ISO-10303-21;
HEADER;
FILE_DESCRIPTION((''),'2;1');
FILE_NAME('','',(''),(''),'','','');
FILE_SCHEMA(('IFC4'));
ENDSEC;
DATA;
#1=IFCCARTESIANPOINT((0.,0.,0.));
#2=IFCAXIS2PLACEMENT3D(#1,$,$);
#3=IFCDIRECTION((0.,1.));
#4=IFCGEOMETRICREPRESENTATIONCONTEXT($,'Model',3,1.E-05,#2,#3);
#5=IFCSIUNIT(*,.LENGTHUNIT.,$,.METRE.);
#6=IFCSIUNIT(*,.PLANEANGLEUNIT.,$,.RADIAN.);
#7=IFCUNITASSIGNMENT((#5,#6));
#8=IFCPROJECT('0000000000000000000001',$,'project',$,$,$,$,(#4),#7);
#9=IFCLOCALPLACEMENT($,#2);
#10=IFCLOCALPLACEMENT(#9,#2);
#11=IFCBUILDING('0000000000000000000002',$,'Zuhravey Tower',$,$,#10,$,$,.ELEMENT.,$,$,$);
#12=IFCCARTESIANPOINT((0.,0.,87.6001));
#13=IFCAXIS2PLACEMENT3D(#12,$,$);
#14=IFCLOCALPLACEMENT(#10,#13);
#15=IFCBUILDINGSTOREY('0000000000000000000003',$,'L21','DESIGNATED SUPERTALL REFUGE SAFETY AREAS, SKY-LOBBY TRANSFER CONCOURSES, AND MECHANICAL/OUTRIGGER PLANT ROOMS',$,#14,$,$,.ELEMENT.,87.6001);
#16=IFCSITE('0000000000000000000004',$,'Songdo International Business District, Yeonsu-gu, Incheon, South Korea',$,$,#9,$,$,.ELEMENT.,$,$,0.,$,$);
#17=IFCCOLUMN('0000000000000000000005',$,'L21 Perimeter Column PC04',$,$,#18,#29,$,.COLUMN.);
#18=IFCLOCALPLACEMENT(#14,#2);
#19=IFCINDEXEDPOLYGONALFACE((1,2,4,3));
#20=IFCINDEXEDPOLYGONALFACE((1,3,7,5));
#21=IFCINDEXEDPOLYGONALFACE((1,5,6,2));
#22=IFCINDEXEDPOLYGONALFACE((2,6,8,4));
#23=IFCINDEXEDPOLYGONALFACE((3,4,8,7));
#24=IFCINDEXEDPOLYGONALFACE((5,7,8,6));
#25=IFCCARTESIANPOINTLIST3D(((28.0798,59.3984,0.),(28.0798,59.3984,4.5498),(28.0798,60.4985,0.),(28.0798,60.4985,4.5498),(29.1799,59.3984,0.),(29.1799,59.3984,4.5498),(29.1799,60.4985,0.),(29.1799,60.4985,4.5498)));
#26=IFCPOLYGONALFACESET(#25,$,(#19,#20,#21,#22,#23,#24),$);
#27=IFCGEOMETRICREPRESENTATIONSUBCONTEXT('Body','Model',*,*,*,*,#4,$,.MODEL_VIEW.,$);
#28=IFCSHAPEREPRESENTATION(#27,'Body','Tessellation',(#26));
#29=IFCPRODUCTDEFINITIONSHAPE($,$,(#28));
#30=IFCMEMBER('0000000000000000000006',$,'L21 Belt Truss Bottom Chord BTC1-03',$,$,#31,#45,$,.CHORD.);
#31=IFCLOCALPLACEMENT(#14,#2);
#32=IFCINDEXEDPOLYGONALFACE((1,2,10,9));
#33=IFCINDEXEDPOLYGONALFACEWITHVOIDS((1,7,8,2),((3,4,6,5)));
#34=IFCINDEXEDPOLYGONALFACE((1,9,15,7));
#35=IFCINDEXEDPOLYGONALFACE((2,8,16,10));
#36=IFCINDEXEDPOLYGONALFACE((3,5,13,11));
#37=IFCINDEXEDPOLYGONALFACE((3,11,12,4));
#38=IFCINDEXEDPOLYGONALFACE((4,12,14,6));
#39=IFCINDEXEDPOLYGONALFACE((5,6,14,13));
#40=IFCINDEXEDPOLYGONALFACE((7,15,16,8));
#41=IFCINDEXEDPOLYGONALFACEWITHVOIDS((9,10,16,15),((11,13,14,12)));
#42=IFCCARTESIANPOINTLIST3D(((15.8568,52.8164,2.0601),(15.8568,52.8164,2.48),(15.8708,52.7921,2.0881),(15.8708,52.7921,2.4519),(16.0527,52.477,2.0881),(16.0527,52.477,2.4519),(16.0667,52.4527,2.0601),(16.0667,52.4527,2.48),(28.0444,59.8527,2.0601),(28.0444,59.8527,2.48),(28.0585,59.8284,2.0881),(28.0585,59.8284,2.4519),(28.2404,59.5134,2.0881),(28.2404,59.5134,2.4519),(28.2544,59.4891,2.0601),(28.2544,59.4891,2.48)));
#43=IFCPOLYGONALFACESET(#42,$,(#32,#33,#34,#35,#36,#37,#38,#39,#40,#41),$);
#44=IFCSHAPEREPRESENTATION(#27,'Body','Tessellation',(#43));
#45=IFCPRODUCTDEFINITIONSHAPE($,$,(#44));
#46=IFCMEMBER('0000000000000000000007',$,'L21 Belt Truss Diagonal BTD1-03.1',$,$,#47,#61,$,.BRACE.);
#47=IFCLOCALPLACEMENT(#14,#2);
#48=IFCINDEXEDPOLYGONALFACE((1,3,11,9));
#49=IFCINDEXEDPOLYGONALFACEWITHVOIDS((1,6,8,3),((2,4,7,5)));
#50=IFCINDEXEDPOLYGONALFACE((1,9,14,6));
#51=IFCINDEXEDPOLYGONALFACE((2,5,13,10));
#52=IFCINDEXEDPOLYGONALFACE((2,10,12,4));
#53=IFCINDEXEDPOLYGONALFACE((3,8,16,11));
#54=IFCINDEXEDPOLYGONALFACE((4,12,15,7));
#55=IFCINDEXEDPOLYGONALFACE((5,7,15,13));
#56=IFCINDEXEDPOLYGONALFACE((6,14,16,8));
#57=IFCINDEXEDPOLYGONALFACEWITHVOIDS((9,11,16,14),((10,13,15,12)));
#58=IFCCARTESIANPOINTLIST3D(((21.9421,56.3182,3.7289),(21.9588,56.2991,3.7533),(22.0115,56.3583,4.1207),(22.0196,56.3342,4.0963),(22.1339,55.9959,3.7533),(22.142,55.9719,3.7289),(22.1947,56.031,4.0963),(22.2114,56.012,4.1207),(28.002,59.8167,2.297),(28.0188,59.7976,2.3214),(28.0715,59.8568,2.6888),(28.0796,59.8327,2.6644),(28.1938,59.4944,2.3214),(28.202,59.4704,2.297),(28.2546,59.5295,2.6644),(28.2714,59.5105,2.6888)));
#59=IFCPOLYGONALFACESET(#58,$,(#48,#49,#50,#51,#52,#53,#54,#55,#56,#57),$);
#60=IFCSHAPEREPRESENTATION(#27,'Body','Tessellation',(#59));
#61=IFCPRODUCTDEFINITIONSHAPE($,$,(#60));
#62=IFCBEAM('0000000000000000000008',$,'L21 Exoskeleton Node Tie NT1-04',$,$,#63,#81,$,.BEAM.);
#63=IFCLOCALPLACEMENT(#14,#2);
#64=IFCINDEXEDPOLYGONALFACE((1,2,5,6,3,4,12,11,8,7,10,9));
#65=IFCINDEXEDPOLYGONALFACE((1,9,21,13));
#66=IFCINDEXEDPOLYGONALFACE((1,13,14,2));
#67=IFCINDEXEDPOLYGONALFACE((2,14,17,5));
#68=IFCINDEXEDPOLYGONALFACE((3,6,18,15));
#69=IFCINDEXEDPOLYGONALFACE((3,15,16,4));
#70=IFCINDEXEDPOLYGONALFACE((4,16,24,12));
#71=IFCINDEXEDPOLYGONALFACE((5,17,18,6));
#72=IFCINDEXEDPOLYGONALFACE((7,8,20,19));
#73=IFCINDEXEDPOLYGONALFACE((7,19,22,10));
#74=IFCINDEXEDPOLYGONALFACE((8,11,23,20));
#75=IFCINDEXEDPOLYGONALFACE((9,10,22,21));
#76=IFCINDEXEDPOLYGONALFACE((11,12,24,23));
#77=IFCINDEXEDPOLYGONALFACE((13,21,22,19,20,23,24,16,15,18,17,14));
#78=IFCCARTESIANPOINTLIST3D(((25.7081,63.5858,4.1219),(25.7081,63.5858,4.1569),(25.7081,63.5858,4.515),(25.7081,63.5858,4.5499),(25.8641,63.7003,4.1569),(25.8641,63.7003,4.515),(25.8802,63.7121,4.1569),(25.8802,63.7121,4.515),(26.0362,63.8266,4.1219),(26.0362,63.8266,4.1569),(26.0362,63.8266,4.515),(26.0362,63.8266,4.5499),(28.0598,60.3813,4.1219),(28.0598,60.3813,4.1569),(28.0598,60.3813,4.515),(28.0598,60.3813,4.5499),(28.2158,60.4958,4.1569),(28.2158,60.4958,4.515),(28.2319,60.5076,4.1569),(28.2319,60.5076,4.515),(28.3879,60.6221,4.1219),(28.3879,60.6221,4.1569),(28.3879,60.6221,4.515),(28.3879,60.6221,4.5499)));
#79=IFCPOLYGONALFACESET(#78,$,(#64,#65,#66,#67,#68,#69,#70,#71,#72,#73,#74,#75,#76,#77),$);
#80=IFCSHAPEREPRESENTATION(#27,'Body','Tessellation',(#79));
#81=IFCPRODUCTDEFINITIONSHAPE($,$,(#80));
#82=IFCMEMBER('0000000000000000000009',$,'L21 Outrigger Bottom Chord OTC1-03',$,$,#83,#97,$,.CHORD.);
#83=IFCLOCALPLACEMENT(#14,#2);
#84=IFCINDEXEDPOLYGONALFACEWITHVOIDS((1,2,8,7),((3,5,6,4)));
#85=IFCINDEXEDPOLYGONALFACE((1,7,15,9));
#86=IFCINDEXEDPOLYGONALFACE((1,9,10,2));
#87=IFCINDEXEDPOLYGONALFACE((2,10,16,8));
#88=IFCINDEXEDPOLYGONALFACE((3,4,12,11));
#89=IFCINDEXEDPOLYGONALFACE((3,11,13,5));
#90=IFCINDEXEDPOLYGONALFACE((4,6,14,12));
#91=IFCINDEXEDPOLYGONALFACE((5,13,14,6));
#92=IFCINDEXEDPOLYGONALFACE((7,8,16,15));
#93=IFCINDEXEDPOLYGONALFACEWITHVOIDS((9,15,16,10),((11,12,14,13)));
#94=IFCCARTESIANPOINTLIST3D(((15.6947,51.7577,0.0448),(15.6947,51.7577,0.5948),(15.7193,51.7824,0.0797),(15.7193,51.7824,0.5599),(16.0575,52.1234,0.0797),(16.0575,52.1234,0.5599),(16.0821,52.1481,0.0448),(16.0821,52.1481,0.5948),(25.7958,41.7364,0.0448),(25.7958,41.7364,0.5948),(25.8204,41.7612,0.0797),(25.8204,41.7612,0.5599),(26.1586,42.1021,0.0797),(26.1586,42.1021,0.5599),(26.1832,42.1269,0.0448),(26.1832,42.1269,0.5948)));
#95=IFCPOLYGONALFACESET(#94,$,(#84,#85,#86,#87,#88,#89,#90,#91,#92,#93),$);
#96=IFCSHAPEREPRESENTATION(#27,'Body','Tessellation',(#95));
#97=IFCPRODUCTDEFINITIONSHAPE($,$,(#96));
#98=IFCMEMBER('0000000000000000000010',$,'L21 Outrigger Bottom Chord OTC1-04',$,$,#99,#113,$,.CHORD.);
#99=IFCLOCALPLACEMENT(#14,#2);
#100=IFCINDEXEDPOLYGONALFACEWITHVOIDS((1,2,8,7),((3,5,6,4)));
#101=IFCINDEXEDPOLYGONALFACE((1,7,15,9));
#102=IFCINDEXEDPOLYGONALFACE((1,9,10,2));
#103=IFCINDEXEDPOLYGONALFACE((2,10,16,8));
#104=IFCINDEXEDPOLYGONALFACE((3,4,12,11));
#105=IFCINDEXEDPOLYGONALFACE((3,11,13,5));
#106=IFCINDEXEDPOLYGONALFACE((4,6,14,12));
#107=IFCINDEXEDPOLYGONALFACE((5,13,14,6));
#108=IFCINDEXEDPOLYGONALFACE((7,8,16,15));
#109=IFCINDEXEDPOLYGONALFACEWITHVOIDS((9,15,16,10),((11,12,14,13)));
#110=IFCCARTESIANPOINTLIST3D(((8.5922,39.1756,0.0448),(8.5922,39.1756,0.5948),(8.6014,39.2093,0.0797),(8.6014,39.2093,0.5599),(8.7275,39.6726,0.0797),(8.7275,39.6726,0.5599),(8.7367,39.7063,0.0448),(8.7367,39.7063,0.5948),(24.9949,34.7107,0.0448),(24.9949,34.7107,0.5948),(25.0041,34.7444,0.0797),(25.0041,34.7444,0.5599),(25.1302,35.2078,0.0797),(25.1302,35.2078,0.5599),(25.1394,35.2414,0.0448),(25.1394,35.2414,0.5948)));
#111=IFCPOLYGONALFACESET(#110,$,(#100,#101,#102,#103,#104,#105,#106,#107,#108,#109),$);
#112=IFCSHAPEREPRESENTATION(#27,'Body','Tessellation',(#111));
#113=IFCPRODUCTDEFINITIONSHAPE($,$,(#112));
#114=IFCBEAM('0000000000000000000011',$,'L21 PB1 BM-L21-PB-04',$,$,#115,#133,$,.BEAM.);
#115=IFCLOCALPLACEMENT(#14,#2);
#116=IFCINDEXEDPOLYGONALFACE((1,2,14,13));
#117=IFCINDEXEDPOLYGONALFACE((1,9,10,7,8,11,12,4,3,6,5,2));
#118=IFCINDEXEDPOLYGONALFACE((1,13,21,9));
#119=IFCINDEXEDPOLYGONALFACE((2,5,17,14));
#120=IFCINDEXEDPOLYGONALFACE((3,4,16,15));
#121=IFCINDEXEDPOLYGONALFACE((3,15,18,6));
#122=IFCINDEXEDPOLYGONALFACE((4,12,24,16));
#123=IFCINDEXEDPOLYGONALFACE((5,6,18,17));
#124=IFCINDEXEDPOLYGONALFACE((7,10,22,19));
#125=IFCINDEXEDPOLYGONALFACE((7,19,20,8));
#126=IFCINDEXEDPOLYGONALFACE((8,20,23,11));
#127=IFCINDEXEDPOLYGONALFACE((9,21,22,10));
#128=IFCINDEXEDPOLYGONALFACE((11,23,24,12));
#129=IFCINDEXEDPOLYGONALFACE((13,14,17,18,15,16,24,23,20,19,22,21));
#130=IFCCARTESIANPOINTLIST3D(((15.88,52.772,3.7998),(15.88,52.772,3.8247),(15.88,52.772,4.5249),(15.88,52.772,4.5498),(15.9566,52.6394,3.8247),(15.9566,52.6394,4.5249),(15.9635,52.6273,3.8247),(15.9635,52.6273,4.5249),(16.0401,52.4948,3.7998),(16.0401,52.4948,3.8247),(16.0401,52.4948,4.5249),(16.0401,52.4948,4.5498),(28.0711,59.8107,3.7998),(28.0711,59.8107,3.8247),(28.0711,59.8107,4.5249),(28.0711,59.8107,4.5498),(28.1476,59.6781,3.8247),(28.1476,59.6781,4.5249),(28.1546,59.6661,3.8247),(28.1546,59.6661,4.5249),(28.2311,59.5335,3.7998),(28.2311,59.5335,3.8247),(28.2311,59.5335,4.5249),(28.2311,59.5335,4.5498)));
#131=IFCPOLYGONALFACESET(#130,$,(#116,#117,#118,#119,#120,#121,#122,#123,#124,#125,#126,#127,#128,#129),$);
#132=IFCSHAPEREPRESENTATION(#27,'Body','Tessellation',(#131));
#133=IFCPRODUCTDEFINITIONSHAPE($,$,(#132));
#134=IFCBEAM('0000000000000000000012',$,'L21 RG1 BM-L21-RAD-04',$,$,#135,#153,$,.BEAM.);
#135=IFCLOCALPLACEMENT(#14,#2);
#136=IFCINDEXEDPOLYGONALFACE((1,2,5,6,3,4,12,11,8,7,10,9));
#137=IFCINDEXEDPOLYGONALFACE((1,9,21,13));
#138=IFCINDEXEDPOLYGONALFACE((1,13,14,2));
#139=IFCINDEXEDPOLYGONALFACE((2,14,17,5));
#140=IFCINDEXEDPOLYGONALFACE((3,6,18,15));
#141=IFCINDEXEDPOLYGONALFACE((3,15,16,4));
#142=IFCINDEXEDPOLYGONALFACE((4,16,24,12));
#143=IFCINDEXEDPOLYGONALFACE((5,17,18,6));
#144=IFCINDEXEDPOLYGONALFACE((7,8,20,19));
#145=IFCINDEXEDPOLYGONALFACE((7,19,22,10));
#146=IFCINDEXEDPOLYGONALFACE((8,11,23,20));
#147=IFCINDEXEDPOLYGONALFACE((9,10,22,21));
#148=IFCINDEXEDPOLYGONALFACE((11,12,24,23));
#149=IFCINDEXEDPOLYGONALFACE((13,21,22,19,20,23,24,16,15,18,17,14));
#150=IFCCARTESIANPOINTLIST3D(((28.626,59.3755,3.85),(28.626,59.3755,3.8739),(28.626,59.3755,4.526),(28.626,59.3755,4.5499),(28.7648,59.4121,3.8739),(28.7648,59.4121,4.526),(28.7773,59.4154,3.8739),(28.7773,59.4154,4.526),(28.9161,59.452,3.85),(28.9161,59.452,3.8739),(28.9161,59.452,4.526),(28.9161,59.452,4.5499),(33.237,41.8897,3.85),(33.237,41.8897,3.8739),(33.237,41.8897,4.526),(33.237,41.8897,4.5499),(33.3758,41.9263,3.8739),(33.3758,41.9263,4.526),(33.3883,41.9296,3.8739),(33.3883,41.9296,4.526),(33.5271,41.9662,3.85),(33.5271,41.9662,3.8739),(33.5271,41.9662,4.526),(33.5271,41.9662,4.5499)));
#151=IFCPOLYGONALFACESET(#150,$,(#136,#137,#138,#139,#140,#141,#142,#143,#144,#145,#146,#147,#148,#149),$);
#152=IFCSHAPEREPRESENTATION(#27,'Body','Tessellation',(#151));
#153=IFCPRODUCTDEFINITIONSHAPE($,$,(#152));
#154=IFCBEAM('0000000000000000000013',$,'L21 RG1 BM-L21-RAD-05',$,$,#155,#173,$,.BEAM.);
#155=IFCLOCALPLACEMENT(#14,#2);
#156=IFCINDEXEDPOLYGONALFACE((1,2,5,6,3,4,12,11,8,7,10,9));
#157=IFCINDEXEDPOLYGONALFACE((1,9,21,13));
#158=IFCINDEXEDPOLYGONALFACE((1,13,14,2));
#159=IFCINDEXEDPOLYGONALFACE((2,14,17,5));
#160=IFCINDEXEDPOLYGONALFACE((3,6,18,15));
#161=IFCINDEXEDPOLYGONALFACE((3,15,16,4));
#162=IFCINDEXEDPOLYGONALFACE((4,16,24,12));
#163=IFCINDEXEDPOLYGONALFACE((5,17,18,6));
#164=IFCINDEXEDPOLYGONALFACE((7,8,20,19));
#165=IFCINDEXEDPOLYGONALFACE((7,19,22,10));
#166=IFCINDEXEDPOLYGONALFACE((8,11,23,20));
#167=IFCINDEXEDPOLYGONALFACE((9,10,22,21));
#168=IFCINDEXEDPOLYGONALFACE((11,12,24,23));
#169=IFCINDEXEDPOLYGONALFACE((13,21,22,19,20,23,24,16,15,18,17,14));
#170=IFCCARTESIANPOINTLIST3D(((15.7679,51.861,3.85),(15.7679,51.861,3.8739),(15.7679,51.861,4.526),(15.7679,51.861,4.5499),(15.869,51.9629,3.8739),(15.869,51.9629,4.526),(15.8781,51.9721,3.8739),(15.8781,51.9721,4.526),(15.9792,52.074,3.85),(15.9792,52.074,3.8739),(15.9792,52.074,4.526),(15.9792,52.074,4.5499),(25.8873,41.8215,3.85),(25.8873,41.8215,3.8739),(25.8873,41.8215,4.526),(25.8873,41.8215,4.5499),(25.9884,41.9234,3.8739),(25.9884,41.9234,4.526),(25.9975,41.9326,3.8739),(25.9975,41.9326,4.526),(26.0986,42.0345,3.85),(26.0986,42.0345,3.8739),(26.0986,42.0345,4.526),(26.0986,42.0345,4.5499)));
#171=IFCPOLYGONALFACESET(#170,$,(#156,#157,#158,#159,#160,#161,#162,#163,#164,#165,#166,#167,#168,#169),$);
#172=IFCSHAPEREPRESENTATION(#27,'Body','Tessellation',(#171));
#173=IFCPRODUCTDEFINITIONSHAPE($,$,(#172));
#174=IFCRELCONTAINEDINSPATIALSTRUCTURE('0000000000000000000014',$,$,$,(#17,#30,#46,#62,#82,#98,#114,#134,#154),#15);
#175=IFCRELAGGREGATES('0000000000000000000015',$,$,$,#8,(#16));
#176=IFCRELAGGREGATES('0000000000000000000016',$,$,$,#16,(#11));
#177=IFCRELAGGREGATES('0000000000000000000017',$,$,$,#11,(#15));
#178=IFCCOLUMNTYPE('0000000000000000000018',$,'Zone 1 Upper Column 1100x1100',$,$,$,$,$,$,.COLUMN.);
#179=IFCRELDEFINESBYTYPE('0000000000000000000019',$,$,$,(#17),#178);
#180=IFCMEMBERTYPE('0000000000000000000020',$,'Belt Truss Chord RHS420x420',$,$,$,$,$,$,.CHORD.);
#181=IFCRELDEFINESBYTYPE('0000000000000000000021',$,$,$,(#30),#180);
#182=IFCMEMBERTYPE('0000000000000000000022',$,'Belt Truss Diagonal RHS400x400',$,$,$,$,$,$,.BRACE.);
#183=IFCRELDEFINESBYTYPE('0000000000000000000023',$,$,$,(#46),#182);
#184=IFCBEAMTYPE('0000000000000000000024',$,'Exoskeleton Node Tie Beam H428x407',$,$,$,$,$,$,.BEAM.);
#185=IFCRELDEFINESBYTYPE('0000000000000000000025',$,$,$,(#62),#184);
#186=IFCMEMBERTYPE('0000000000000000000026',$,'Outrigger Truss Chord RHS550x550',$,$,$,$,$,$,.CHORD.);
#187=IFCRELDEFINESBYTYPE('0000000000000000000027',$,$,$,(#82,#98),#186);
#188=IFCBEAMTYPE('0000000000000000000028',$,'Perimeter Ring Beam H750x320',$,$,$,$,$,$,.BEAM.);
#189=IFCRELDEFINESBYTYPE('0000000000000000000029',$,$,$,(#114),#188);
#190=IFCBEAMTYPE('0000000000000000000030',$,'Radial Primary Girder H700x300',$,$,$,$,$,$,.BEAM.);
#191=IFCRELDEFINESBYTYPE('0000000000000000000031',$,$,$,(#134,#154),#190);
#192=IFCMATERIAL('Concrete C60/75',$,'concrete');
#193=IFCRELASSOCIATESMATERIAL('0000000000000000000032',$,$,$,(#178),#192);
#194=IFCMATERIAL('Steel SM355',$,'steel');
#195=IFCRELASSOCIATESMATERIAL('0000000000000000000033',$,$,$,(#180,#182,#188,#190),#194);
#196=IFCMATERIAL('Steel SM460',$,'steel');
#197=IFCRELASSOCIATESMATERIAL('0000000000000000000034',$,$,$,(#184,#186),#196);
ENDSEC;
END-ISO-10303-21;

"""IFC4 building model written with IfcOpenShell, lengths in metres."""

from ifc_helpers import new_model, si_unit, direction, frame, origin, origin_2d, place, context, subcontext, project, spatial, rectangle, hollow_rectangle, i_section, extrude, material, material_profile, profile_set, type_object, element, save


model = new_model("IFC4")

# Units and contexts
model_context = context("Model", 3, precision=1e-05, world=origin(), true_north=direction((0.0, 1.0)))
body_context = subcontext(model_context, "Body", "Model", "MODEL_VIEW")
ifc_project = project(units=[si_unit("LENGTHUNIT", "METRE"), si_unit("PLANEANGLEUNIT", "RADIAN")], contexts=[model_context])

# Site, building, storey
site_placement = place(None, origin())
site = spatial("IfcSite", under=ifc_project, at=site_placement, Name="Songdo International Business District, Yeonsu-gu, Incheon, South Korea", CompositionType="ELEMENT", RefElevation=0.0)
building_placement = place(site_placement, origin())
building = spatial("IfcBuilding", under=site, at=building_placement, Name="Zuhravey Tower", CompositionType="ELEMENT")
storey_placement = place(building_placement, frame((0.0, 0.0, 87.6001)))
storey = spatial("IfcBuildingStorey", under=building, at=storey_placement, Name="L21", Description="DESIGNATED SUPERTALL REFUGE SAFETY AREAS, SKY-LOBBY TRANSFER CONCOURSES, AND MECHANICAL/OUTRIGGER PLANT ROOMS", CompositionType="ELEMENT", Elevation=87.6001)

# Column
ifc_material_1 = material(Name="Concrete C60/75", Category="concrete")
ifc_material_profile_1 = material_profile(ifc_material_1, rectangle(XDim=1.1001, YDim=1.1001, at=origin_2d()), Name="RC-1100x1100")
ifc_profile_set_1 = profile_set([ifc_material_profile_1], Name="Concrete C60/75")
column_type = type_object("IfcColumnType", Name="Zone 1 Upper Column 1100x1100", PredefinedType="COLUMN", material=ifc_profile_set_1)
column_placement = place(storey_placement, frame((28.6299, 59.9485, 0.0), z_axis=(0.0, 0.0, 1.0), x_axis=(-1.0, 0.0, 0.0)))
element("IfcColumn", 1, at=column_placement, inside=storey, type_object=column_type, Name="L21 Perimeter Column PC04", PredefinedType="COLUMN", context=body_context, shape_type="SweptSolid", body=[
    extrude(rectangle(XDim=1.1001, YDim=1.1001, at=origin_2d()), origin(), (0.0, 0.0, 1.0), 4.5498),
])

# Members
ifc_material_2 = material(Name="Steel SM355", Category="steel")
ifc_material_profile_2 = material_profile(ifc_material_2, hollow_rectangle(XDim=0.4199, YDim=0.4199, WallThickness=0.0281, at=origin_2d()), Name="RHS-420x420x28")
ifc_profile_set_2 = profile_set([ifc_material_profile_2], Name="Steel SM355")
member_type_1 = type_object("IfcMemberType", Name="Belt Truss Chord RHS420x420", PredefinedType="CHORD", material=ifc_profile_set_2)
member_1_placement = place(storey_placement, frame((28.1494, 59.6709, 2.27), z_axis=(-0.866032, -0.499988, 0.0), x_axis=(0.499988, -0.866032, 0.0)))
element("IfcMember", 2, at=member_1_placement, inside=storey, type_object=member_type_1, Name="L21 Belt Truss Bottom Chord BTC1-03", PredefinedType="CHORD", context=body_context, shape_type="SweptSolid", body=[
    extrude(hollow_rectangle(XDim=0.4199, YDim=0.4199, WallThickness=0.0281, at=origin_2d()), origin(), (0.0, 0.0, 1.0), 14.073),
])
ifc_material_profile_3 = material_profile(ifc_material_2, hollow_rectangle(XDim=0.3999, YDim=0.3999, WallThickness=0.0249, at=origin_2d()), Name="RHS-400x400x25")
ifc_profile_set_3 = profile_set([ifc_material_profile_3], Name="Steel SM355")
member_type_2 = type_object("IfcMemberType", Name="Belt Truss Diagonal RHS400x400", PredefinedType="BRACE", material=ifc_profile_set_3)
member_2_placement = place(storey_placement, frame((28.1367, 59.6636, 2.4929), z_axis=(-0.848459, -0.489824, 0.200476), x_axis=(0.499974, -0.86604, 0.0)))
element("IfcMember", 3, at=member_2_placement, inside=storey, type_object=member_type_2, Name="L21 Belt Truss Diagonal BTD1-03.1", PredefinedType="BRACE", context=body_context, shape_type="SweptSolid", body=[
    extrude(hollow_rectangle(XDim=0.3999, YDim=0.3999, WallThickness=0.0249, at=origin_2d()), origin(), (0.0, 0.0, 1.0), 7.1423),
])

# Beam
ifc_material_3 = material(Name="Steel SM460", Category="steel")
ifc_material_profile_4 = material_profile(ifc_material_3, i_section(OverallWidth=0.407, OverallDepth=0.428, WebThickness=0.02, FlangeThickness=0.0349, at=origin_2d()), Name="H-428x407x20x35")
ifc_profile_set_4 = profile_set([ifc_material_profile_4], Name="Steel SM460")
beam_type_1 = type_object("IfcBeamType", Name="Exoskeleton Node Tie Beam H428x407", PredefinedType="BEAM", material=ifc_profile_set_4)
beam_1_placement = place(storey_placement, frame((28.2239, 60.5017, 4.3359), z_axis=(-0.591654, 0.806192, 0.0), x_axis=(-0.806192, -0.591654, 0.0)))
element("IfcBeam", 4, at=beam_1_placement, inside=storey, type_object=beam_type_1, Name="L21 Exoskeleton Node Tie NT1-04", PredefinedType="BEAM", context=body_context, shape_type="SweptSolid", body=[
    extrude(i_section(OverallWidth=0.407, OverallDepth=0.428, WebThickness=0.02, FlangeThickness=0.0349, at=origin_2d()), origin(), (0.0, 0.0, 1.0), 3.9749),
])

# Members
ifc_material_profile_5 = material_profile(ifc_material_3, hollow_rectangle(XDim=0.55, YDim=0.55, WallThickness=0.0349, at=origin_2d()), Name="RHS-550x550x35")
ifc_profile_set_5 = profile_set([ifc_material_profile_5], Name="Steel SM460")
member_type_3 = type_object("IfcMemberType", Name="Outrigger Truss Chord RHS550x550", PredefinedType="CHORD", material=ifc_profile_set_5)
member_3_placement = place(storey_placement, frame((25.9895, 41.9316, 0.3198), z_axis=(-0.709907, 0.704296, 0.0), x_axis=(-0.704296, -0.709907, 0.0)))
element("IfcMember", 5, at=member_3_placement, inside=storey, type_object=member_type_3, Name="L21 Outrigger Bottom Chord OTC1-03", PredefinedType="CHORD", context=body_context, shape_type="SweptSolid", body=[
    extrude(hollow_rectangle(XDim=0.55, YDim=0.55, WallThickness=0.0349, at=origin_2d()), origin(), (0.0, 0.0, 1.0), 14.2288),
])
member_4_placement = place(storey_placement, frame((25.0671, 34.9761, 0.3198), z_axis=(-0.964892, 0.262647, 0.0), x_axis=(-0.262647, -0.964892, 0.0)))
element("IfcMember", 6, at=member_4_placement, inside=storey, type_object=member_type_3, Name="L21 Outrigger Bottom Chord OTC1-04", PredefinedType="CHORD", context=body_context, shape_type="SweptSolid", body=[
    extrude(hollow_rectangle(XDim=0.55, YDim=0.55, WallThickness=0.0349, at=origin_2d()), origin(), (0.0, 0.0, 1.0), 16.9995),
])

# Beams
ifc_material_profile_6 = material_profile(ifc_material_2, i_section(OverallWidth=0.3201, OverallDepth=0.75, WebThickness=0.0139, FlangeThickness=0.0249, at=origin_2d()), Name="H-750x320x14x25")
ifc_profile_set_6 = profile_set([ifc_material_profile_6], Name="Steel SM355")
beam_type_2 = type_object("IfcBeamType", Name="Perimeter Ring Beam H750x320", PredefinedType="BEAM", material=ifc_profile_set_6)
beam_2_placement = place(storey_placement, frame((28.1511, 59.6721, 4.1748), z_axis=(-0.866018, -0.500013, 0.0), x_axis=(0.500013, -0.866018, 0.0)))
element("IfcBeam", 7, at=beam_2_placement, inside=storey, type_object=beam_type_2, Name="L21 PB1 BM-L21-PB-04", PredefinedType="BEAM", context=body_context, shape_type="SweptSolid", body=[
    extrude(i_section(OverallWidth=0.3201, OverallDepth=0.75, WebThickness=0.0139, FlangeThickness=0.0249, at=origin_2d()), origin(), (0.0, 0.0, 1.0), 14.0771),
])
ifc_material_profile_7 = material_profile(ifc_material_2, i_section(OverallWidth=0.3, OverallDepth=0.7, WebThickness=0.0129, FlangeThickness=0.0239, at=origin_2d()), Name="H-700x300x13x24")
ifc_profile_set_7 = profile_set([ifc_material_profile_7], Name="Steel SM355")
beam_type_3 = type_object("IfcBeamType", Name="Radial Primary Girder H700x300", PredefinedType="BEAM", material=ifc_profile_set_7)
beam_3_placement = place(storey_placement, frame((33.3821, 41.928, 4.2), z_axis=(-0.254987, 0.966944, 0.0), x_axis=(-0.966944, -0.254987, 0.0)))
element("IfcBeam", 8, at=beam_3_placement, inside=storey, type_object=beam_type_3, Name="L21 RG1 BM-L21-RAD-04", PredefinedType="BEAM", context=body_context, shape_type="SweptSolid", body=[
    extrude(i_section(OverallWidth=0.3, OverallDepth=0.7, WebThickness=0.0129, FlangeThickness=0.0239, at=origin_2d()), origin(), (0.0, 0.0, 1.0), 18.0835),
])
beam_4_placement = place(storey_placement, frame((25.9929, 41.928, 4.2), z_axis=(-0.709902, 0.704301, 0.0), x_axis=(-0.704301, -0.709902, 0.0)))
element("IfcBeam", 9, at=beam_4_placement, inside=storey, type_object=beam_type_3, Name="L21 RG1 BM-L21-RAD-05", PredefinedType="BEAM", context=body_context, shape_type="SweptSolid", body=[
    extrude(i_section(OverallWidth=0.3, OverallDepth=0.7, WebThickness=0.0129, FlangeThickness=0.0239, at=origin_2d()), origin(), (0.0, 0.0, 1.0), 14.2546),
])

save(model, "model.ifc")
